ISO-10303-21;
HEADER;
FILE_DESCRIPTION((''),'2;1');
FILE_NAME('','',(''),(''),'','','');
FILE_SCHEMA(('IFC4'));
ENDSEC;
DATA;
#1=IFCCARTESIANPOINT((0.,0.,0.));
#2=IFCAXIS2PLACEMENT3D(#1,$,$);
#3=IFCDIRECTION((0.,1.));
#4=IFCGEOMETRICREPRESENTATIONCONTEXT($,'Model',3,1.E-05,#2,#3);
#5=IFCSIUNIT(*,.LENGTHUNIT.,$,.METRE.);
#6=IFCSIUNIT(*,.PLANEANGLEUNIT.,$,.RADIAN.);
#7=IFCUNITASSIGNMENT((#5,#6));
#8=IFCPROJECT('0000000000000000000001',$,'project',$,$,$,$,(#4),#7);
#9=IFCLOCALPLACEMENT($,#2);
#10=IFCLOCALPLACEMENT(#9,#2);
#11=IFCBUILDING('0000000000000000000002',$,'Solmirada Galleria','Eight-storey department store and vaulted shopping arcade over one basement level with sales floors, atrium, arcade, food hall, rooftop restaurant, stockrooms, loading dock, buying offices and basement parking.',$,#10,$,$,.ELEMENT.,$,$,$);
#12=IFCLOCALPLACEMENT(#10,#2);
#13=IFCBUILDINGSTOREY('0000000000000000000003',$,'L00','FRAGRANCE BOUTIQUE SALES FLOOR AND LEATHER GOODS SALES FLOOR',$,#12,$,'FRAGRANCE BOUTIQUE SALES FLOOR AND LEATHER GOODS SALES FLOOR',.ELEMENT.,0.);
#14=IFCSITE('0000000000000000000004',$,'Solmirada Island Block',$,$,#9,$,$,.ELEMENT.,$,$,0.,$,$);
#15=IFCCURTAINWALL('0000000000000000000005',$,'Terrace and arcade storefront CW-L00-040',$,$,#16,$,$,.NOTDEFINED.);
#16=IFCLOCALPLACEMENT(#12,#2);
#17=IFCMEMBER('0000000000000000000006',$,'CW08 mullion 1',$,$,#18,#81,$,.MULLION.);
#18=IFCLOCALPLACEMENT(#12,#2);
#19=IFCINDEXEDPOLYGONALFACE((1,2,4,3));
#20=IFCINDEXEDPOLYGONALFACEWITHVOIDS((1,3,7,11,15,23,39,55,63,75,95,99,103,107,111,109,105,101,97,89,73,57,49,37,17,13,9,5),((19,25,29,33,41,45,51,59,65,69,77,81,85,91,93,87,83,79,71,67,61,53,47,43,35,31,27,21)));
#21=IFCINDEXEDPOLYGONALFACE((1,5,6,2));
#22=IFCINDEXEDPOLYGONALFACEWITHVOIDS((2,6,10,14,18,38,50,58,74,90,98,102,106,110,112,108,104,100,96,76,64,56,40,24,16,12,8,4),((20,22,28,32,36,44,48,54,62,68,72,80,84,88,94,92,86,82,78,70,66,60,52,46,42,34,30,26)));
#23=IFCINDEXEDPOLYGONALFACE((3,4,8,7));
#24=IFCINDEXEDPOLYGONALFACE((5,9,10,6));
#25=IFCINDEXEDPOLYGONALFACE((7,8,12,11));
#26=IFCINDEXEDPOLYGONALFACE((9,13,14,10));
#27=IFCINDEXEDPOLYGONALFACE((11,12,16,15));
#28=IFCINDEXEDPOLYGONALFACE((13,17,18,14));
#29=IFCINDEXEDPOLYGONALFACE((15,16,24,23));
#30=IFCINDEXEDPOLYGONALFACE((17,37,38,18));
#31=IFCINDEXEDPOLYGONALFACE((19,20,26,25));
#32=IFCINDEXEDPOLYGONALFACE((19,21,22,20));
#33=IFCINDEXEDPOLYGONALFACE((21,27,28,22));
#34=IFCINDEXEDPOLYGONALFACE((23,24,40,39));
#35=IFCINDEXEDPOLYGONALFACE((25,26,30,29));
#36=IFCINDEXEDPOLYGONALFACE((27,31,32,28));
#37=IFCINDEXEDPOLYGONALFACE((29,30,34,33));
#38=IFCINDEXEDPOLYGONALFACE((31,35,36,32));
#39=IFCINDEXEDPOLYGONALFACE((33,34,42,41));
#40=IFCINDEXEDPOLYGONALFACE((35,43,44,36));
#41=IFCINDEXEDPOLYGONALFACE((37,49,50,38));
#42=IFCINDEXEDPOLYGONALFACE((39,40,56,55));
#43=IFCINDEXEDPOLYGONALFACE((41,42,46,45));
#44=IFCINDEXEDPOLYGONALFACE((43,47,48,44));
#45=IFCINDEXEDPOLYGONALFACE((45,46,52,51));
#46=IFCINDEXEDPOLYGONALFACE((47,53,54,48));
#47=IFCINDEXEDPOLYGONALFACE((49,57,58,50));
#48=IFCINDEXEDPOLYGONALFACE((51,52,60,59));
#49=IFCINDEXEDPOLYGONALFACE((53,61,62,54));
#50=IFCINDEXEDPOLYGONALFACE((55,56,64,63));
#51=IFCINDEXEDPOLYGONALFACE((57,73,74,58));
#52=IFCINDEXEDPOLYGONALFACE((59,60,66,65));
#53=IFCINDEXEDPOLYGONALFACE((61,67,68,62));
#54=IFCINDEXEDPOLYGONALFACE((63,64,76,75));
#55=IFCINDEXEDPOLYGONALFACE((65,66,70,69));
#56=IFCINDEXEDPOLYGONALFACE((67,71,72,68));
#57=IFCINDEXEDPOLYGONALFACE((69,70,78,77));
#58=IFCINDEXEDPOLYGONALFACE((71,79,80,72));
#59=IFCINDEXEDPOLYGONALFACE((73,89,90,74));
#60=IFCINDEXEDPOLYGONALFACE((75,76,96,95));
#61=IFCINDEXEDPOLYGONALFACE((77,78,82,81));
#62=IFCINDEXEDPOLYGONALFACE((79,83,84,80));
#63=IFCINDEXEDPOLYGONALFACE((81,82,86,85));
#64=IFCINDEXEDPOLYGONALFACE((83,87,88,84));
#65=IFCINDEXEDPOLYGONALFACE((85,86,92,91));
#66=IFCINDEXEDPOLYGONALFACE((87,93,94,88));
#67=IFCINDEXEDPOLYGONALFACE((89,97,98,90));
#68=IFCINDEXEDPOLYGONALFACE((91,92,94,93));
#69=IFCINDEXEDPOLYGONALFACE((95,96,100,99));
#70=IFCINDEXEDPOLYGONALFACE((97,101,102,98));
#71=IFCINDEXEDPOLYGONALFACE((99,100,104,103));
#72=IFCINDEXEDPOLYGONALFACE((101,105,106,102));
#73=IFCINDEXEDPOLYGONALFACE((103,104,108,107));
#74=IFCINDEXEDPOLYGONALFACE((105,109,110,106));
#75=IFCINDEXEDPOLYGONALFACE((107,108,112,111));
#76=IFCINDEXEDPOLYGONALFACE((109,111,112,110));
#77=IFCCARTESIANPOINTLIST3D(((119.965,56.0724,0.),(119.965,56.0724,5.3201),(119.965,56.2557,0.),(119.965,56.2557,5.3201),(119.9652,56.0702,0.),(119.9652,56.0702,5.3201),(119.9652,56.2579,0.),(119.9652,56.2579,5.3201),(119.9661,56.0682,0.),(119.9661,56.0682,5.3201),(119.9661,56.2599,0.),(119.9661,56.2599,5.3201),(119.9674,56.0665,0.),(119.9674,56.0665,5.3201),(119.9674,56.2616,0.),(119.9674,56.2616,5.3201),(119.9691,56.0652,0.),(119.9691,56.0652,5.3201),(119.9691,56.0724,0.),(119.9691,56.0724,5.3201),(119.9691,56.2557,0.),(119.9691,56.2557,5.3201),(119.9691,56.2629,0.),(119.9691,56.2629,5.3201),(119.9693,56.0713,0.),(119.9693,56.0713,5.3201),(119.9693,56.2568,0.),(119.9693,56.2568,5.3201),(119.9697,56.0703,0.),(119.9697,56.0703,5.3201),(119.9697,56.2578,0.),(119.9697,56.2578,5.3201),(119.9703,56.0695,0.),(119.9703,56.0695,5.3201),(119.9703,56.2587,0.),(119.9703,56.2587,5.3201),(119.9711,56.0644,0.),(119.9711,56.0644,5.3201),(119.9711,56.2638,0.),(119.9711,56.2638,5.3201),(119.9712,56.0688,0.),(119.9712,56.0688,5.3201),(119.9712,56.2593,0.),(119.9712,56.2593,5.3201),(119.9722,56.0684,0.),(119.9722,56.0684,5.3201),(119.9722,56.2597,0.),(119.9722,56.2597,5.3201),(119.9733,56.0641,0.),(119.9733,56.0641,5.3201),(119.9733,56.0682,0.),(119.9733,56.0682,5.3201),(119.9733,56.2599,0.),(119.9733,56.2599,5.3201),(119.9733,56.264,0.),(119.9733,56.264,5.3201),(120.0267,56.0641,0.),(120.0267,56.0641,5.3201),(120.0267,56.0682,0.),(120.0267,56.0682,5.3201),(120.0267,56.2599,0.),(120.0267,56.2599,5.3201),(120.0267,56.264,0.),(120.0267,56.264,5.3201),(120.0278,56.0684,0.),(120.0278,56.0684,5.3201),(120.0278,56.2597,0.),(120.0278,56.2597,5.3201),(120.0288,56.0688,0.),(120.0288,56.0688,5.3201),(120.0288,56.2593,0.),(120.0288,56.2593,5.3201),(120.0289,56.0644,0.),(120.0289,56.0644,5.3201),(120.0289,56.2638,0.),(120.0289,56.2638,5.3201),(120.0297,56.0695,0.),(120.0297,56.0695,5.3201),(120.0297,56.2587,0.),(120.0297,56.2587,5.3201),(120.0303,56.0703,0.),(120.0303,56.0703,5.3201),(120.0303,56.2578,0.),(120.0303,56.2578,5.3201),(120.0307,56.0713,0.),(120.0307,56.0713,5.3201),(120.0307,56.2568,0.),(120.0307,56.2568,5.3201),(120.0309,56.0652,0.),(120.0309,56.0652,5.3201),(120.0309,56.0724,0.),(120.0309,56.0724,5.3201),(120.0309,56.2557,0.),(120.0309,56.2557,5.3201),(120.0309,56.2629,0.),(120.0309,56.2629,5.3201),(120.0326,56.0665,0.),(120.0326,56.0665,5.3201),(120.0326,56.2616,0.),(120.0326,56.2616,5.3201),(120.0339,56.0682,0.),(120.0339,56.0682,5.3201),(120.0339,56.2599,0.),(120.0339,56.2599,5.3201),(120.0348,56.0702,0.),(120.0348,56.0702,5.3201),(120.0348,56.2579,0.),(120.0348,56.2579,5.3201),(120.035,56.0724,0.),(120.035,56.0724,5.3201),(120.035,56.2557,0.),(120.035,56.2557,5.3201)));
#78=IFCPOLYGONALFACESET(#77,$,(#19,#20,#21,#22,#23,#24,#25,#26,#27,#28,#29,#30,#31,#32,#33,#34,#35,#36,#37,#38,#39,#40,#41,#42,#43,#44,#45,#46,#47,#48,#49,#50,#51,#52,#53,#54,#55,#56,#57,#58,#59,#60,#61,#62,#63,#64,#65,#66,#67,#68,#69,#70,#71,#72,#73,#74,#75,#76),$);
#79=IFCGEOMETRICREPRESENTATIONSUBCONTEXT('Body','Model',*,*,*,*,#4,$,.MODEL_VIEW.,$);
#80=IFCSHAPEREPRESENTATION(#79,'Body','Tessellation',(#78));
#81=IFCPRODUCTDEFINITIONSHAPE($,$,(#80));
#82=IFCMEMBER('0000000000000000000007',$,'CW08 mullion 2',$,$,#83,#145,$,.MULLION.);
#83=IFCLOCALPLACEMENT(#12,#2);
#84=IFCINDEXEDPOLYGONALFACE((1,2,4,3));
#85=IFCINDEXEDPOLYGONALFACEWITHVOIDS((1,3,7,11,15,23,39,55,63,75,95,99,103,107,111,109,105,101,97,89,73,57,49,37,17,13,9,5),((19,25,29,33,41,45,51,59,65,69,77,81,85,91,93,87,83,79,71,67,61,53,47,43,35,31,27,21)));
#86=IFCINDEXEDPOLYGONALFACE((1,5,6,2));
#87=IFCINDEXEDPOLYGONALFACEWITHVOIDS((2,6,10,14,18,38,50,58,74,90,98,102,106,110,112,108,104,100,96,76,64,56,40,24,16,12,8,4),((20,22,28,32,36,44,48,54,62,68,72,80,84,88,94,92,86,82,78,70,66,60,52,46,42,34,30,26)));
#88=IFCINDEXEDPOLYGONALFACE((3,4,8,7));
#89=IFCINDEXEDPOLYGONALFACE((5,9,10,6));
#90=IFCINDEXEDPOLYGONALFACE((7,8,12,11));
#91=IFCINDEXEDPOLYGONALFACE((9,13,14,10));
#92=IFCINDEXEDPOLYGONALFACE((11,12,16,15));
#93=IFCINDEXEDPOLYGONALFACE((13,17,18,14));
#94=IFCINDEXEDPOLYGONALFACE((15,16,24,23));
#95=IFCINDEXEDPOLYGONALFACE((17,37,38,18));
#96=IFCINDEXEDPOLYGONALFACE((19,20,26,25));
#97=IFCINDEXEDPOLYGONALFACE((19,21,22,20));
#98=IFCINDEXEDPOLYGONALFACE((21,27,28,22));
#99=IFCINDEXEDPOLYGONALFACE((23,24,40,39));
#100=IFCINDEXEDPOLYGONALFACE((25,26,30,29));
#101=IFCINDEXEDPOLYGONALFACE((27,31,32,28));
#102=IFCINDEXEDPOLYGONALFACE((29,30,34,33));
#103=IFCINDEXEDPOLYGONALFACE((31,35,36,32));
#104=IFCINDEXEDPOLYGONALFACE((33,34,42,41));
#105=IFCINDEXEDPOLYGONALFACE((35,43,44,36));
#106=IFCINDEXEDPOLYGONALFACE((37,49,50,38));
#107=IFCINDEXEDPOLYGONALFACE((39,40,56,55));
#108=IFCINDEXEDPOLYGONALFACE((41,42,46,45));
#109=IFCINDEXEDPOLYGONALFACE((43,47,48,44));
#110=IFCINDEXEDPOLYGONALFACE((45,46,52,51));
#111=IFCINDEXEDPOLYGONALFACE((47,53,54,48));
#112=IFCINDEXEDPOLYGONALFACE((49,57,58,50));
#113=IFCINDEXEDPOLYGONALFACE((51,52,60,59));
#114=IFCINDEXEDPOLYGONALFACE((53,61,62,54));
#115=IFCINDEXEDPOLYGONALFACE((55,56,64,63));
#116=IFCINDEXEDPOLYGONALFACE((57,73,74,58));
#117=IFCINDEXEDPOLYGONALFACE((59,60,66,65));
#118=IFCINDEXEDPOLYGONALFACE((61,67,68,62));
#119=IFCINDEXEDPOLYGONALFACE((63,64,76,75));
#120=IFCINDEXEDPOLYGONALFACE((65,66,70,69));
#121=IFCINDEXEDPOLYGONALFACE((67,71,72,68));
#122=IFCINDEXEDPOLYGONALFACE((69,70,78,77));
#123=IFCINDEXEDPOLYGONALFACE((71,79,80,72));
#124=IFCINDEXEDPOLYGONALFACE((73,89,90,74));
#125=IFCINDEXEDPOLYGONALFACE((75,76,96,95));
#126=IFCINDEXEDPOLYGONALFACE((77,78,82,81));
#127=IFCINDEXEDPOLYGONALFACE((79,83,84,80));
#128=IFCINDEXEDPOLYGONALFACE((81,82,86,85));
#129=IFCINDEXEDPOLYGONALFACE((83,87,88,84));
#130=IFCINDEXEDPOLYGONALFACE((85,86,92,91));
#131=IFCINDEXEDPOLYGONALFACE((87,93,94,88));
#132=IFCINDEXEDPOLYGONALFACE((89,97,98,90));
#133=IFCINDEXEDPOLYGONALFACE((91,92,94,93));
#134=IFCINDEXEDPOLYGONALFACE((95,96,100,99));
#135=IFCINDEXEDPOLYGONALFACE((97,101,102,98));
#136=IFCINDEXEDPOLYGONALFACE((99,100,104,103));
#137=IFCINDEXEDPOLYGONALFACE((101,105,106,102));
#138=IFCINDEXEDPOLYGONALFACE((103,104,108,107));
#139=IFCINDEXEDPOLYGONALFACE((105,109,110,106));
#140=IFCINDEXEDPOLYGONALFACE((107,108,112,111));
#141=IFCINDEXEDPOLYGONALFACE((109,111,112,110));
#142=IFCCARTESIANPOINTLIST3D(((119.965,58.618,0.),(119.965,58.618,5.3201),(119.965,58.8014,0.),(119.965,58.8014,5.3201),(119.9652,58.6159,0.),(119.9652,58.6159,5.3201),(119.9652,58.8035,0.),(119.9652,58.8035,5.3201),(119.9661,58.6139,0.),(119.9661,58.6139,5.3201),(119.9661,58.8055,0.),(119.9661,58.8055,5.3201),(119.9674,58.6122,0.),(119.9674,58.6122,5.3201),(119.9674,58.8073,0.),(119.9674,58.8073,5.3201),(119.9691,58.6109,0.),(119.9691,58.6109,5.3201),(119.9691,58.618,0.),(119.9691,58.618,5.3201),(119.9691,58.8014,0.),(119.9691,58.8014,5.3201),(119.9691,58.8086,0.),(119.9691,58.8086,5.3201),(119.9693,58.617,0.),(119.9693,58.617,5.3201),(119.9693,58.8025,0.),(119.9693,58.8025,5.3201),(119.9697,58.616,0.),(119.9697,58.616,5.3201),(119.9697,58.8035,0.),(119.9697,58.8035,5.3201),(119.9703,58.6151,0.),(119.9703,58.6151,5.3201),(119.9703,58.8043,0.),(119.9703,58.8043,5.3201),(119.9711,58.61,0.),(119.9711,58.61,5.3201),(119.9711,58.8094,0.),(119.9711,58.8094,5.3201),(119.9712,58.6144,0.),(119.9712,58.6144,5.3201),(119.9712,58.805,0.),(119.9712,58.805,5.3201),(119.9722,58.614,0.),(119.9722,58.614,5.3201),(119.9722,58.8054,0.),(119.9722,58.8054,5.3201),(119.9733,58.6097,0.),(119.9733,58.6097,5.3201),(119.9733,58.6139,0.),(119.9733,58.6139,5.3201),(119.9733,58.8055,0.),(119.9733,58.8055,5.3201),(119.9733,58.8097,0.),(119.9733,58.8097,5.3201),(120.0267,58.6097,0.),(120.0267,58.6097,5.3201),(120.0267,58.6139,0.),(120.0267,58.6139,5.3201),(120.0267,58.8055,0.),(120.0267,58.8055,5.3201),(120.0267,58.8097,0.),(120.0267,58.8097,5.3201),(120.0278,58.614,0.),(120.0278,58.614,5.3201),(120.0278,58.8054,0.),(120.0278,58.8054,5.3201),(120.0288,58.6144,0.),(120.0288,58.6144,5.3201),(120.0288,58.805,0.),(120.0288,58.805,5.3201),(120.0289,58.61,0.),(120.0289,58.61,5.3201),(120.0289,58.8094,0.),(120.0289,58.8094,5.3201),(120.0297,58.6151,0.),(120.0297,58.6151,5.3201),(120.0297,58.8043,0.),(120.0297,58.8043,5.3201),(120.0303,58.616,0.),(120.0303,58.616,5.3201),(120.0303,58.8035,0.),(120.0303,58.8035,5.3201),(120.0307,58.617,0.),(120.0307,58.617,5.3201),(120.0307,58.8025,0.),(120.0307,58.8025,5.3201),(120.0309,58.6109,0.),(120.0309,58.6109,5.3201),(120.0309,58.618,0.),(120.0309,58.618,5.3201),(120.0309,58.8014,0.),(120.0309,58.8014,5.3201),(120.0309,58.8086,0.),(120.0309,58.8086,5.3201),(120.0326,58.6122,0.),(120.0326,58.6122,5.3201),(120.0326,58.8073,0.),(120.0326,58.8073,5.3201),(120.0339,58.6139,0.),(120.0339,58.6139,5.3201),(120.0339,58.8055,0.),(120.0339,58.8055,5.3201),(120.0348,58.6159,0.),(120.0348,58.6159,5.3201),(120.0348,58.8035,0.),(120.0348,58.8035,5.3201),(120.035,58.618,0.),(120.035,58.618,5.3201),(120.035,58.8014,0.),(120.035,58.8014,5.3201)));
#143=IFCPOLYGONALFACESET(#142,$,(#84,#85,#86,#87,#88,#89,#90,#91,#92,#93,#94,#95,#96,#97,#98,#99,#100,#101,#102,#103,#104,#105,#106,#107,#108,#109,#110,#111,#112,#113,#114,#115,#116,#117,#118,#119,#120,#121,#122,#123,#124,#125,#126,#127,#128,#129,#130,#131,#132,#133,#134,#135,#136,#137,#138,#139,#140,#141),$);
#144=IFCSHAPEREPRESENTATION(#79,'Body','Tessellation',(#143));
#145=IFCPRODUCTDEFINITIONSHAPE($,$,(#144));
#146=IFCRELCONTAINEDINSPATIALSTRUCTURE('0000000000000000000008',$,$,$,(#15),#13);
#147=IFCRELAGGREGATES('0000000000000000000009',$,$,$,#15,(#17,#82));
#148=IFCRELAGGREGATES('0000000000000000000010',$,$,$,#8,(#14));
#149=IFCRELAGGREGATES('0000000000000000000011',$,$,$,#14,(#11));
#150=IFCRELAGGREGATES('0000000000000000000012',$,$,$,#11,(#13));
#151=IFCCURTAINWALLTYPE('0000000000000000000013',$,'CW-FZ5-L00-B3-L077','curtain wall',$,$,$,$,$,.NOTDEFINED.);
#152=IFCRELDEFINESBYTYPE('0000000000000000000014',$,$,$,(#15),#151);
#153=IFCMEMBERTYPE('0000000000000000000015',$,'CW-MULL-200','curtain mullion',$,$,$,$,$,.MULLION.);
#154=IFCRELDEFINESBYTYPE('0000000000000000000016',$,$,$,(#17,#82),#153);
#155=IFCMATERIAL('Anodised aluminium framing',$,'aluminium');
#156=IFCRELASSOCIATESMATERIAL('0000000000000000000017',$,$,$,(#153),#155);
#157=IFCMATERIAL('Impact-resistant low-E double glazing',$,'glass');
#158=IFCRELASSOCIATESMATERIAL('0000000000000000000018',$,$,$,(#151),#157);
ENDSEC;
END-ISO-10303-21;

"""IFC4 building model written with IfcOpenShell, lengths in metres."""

from ifc_helpers import new_model, si_unit, direction, frame, origin, origin_2d, place, context, subcontext, project, spatial, hollow_rectangle, extrude, material, material_profile, profile_set, type_object, element, aggregate, save


model = new_model("IFC4")

# Units and contexts
model_context = context("Model", 3, precision=1e-05, world=origin(), true_north=direction((0.0, 1.0)))
body_context = subcontext(model_context, "Body", "Model", "MODEL_VIEW")
ifc_project = project(units=[si_unit("LENGTHUNIT", "METRE"), si_unit("PLANEANGLEUNIT", "RADIAN")], contexts=[model_context])

# Site, building, storey
site_placement = place(None, origin())
site = spatial("IfcSite", under=ifc_project, at=site_placement, Name="Solmirada Island Block", CompositionType="ELEMENT", RefElevation=0.0)
building_placement = place(site_placement, origin())
building = spatial("IfcBuilding", under=site, at=building_placement, Name="Solmirada Galleria", Description="Eight-storey department store and vaulted shopping arcade over one basement level with sales floors, atrium, arcade, food hall, rooftop restaurant, stockrooms, loading dock, buying offices and basement parking.", CompositionType="ELEMENT")
storey_placement = place(building_placement, origin())
storey = spatial("IfcBuildingStorey", under=building, at=storey_placement, Name="L00", Description="FRAGRANCE BOUTIQUE SALES FLOOR AND LEATHER GOODS SALES FLOOR", LongName="FRAGRANCE BOUTIQUE SALES FLOOR AND LEATHER GOODS SALES FLOOR", CompositionType="ELEMENT", Elevation=0.0)

# Shared definitions
ifc_material_1 = material(Name="Impact-resistant low-E double glazing", Category="glass")
ifc_material_2 = material(Name="Anodised aluminium framing", Category="aluminium")
ifc_material_profile_1 = material_profile(ifc_material_2, hollow_rectangle(XDim=0.0701, YDim=0.2, WallThickness=0.0042, InnerFilletRadius=0.0042, OuterFilletRadius=0.0083, at=origin_2d()), Name="ALU-MULL-200X70")
ifc_profile_set_1 = profile_set([ifc_material_profile_1], Name="Anodised aluminium framing")
member_type_1 = type_object("IfcMemberType", Name="CW-MULL-200", Description="curtain mullion", PredefinedType="MULLION", material=ifc_profile_set_1)
curtain_wall_type_1 = type_object("IfcCurtainWallType", Name="CW-FZ5-L00-B3-L077", Description="curtain wall", PredefinedType="NOTDEFINED", material=ifc_material_1)

# Curtain wall, members
curtain_wall_1_placement = place(storey_placement, origin())
curtain_wall_1 = element("IfcCurtainWall", 1, at=curtain_wall_1_placement, inside=storey, type_object=curtain_wall_type_1, Name="Terrace and arcade storefront CW-L00-040", PredefinedType="NOTDEFINED")
member_1_placement = place(storey_placement, frame((120.0, 56.1641, 0.0), z_axis=(0.0, 0.0, 1.0), x_axis=(-1.0, 0.0, 0.0)))
member_1 = element("IfcMember", 2, at=member_1_placement, type_object=member_type_1, Name="CW08 mullion 1", PredefinedType="MULLION", context=body_context, shape_type="SweptSolid", body=[
    extrude(hollow_rectangle(XDim=0.0701, YDim=0.2, WallThickness=0.0042, InnerFilletRadius=0.0042, OuterFilletRadius=0.0083, at=origin_2d()), origin(), (0.0, 0.0, 1.0), 5.3201),
])
member_2_placement = place(storey_placement, frame((120.0, 58.7097, 0.0), z_axis=(0.0, 0.0, 1.0), x_axis=(-1.0, 0.0, 0.0)))
member_2 = element("IfcMember", 3, at=member_2_placement, type_object=member_type_1, Name="CW08 mullion 2", PredefinedType="MULLION", context=body_context, shape_type="SweptSolid", body=[
    extrude(hollow_rectangle(XDim=0.0701, YDim=0.2, WallThickness=0.0042, InnerFilletRadius=0.0042, OuterFilletRadius=0.0083, at=origin_2d()), origin(), (0.0, 0.0, 1.0), 5.3201),
])

aggregate(curtain_wall_1, [member_1, member_2])

save(model, "model.ifc")
